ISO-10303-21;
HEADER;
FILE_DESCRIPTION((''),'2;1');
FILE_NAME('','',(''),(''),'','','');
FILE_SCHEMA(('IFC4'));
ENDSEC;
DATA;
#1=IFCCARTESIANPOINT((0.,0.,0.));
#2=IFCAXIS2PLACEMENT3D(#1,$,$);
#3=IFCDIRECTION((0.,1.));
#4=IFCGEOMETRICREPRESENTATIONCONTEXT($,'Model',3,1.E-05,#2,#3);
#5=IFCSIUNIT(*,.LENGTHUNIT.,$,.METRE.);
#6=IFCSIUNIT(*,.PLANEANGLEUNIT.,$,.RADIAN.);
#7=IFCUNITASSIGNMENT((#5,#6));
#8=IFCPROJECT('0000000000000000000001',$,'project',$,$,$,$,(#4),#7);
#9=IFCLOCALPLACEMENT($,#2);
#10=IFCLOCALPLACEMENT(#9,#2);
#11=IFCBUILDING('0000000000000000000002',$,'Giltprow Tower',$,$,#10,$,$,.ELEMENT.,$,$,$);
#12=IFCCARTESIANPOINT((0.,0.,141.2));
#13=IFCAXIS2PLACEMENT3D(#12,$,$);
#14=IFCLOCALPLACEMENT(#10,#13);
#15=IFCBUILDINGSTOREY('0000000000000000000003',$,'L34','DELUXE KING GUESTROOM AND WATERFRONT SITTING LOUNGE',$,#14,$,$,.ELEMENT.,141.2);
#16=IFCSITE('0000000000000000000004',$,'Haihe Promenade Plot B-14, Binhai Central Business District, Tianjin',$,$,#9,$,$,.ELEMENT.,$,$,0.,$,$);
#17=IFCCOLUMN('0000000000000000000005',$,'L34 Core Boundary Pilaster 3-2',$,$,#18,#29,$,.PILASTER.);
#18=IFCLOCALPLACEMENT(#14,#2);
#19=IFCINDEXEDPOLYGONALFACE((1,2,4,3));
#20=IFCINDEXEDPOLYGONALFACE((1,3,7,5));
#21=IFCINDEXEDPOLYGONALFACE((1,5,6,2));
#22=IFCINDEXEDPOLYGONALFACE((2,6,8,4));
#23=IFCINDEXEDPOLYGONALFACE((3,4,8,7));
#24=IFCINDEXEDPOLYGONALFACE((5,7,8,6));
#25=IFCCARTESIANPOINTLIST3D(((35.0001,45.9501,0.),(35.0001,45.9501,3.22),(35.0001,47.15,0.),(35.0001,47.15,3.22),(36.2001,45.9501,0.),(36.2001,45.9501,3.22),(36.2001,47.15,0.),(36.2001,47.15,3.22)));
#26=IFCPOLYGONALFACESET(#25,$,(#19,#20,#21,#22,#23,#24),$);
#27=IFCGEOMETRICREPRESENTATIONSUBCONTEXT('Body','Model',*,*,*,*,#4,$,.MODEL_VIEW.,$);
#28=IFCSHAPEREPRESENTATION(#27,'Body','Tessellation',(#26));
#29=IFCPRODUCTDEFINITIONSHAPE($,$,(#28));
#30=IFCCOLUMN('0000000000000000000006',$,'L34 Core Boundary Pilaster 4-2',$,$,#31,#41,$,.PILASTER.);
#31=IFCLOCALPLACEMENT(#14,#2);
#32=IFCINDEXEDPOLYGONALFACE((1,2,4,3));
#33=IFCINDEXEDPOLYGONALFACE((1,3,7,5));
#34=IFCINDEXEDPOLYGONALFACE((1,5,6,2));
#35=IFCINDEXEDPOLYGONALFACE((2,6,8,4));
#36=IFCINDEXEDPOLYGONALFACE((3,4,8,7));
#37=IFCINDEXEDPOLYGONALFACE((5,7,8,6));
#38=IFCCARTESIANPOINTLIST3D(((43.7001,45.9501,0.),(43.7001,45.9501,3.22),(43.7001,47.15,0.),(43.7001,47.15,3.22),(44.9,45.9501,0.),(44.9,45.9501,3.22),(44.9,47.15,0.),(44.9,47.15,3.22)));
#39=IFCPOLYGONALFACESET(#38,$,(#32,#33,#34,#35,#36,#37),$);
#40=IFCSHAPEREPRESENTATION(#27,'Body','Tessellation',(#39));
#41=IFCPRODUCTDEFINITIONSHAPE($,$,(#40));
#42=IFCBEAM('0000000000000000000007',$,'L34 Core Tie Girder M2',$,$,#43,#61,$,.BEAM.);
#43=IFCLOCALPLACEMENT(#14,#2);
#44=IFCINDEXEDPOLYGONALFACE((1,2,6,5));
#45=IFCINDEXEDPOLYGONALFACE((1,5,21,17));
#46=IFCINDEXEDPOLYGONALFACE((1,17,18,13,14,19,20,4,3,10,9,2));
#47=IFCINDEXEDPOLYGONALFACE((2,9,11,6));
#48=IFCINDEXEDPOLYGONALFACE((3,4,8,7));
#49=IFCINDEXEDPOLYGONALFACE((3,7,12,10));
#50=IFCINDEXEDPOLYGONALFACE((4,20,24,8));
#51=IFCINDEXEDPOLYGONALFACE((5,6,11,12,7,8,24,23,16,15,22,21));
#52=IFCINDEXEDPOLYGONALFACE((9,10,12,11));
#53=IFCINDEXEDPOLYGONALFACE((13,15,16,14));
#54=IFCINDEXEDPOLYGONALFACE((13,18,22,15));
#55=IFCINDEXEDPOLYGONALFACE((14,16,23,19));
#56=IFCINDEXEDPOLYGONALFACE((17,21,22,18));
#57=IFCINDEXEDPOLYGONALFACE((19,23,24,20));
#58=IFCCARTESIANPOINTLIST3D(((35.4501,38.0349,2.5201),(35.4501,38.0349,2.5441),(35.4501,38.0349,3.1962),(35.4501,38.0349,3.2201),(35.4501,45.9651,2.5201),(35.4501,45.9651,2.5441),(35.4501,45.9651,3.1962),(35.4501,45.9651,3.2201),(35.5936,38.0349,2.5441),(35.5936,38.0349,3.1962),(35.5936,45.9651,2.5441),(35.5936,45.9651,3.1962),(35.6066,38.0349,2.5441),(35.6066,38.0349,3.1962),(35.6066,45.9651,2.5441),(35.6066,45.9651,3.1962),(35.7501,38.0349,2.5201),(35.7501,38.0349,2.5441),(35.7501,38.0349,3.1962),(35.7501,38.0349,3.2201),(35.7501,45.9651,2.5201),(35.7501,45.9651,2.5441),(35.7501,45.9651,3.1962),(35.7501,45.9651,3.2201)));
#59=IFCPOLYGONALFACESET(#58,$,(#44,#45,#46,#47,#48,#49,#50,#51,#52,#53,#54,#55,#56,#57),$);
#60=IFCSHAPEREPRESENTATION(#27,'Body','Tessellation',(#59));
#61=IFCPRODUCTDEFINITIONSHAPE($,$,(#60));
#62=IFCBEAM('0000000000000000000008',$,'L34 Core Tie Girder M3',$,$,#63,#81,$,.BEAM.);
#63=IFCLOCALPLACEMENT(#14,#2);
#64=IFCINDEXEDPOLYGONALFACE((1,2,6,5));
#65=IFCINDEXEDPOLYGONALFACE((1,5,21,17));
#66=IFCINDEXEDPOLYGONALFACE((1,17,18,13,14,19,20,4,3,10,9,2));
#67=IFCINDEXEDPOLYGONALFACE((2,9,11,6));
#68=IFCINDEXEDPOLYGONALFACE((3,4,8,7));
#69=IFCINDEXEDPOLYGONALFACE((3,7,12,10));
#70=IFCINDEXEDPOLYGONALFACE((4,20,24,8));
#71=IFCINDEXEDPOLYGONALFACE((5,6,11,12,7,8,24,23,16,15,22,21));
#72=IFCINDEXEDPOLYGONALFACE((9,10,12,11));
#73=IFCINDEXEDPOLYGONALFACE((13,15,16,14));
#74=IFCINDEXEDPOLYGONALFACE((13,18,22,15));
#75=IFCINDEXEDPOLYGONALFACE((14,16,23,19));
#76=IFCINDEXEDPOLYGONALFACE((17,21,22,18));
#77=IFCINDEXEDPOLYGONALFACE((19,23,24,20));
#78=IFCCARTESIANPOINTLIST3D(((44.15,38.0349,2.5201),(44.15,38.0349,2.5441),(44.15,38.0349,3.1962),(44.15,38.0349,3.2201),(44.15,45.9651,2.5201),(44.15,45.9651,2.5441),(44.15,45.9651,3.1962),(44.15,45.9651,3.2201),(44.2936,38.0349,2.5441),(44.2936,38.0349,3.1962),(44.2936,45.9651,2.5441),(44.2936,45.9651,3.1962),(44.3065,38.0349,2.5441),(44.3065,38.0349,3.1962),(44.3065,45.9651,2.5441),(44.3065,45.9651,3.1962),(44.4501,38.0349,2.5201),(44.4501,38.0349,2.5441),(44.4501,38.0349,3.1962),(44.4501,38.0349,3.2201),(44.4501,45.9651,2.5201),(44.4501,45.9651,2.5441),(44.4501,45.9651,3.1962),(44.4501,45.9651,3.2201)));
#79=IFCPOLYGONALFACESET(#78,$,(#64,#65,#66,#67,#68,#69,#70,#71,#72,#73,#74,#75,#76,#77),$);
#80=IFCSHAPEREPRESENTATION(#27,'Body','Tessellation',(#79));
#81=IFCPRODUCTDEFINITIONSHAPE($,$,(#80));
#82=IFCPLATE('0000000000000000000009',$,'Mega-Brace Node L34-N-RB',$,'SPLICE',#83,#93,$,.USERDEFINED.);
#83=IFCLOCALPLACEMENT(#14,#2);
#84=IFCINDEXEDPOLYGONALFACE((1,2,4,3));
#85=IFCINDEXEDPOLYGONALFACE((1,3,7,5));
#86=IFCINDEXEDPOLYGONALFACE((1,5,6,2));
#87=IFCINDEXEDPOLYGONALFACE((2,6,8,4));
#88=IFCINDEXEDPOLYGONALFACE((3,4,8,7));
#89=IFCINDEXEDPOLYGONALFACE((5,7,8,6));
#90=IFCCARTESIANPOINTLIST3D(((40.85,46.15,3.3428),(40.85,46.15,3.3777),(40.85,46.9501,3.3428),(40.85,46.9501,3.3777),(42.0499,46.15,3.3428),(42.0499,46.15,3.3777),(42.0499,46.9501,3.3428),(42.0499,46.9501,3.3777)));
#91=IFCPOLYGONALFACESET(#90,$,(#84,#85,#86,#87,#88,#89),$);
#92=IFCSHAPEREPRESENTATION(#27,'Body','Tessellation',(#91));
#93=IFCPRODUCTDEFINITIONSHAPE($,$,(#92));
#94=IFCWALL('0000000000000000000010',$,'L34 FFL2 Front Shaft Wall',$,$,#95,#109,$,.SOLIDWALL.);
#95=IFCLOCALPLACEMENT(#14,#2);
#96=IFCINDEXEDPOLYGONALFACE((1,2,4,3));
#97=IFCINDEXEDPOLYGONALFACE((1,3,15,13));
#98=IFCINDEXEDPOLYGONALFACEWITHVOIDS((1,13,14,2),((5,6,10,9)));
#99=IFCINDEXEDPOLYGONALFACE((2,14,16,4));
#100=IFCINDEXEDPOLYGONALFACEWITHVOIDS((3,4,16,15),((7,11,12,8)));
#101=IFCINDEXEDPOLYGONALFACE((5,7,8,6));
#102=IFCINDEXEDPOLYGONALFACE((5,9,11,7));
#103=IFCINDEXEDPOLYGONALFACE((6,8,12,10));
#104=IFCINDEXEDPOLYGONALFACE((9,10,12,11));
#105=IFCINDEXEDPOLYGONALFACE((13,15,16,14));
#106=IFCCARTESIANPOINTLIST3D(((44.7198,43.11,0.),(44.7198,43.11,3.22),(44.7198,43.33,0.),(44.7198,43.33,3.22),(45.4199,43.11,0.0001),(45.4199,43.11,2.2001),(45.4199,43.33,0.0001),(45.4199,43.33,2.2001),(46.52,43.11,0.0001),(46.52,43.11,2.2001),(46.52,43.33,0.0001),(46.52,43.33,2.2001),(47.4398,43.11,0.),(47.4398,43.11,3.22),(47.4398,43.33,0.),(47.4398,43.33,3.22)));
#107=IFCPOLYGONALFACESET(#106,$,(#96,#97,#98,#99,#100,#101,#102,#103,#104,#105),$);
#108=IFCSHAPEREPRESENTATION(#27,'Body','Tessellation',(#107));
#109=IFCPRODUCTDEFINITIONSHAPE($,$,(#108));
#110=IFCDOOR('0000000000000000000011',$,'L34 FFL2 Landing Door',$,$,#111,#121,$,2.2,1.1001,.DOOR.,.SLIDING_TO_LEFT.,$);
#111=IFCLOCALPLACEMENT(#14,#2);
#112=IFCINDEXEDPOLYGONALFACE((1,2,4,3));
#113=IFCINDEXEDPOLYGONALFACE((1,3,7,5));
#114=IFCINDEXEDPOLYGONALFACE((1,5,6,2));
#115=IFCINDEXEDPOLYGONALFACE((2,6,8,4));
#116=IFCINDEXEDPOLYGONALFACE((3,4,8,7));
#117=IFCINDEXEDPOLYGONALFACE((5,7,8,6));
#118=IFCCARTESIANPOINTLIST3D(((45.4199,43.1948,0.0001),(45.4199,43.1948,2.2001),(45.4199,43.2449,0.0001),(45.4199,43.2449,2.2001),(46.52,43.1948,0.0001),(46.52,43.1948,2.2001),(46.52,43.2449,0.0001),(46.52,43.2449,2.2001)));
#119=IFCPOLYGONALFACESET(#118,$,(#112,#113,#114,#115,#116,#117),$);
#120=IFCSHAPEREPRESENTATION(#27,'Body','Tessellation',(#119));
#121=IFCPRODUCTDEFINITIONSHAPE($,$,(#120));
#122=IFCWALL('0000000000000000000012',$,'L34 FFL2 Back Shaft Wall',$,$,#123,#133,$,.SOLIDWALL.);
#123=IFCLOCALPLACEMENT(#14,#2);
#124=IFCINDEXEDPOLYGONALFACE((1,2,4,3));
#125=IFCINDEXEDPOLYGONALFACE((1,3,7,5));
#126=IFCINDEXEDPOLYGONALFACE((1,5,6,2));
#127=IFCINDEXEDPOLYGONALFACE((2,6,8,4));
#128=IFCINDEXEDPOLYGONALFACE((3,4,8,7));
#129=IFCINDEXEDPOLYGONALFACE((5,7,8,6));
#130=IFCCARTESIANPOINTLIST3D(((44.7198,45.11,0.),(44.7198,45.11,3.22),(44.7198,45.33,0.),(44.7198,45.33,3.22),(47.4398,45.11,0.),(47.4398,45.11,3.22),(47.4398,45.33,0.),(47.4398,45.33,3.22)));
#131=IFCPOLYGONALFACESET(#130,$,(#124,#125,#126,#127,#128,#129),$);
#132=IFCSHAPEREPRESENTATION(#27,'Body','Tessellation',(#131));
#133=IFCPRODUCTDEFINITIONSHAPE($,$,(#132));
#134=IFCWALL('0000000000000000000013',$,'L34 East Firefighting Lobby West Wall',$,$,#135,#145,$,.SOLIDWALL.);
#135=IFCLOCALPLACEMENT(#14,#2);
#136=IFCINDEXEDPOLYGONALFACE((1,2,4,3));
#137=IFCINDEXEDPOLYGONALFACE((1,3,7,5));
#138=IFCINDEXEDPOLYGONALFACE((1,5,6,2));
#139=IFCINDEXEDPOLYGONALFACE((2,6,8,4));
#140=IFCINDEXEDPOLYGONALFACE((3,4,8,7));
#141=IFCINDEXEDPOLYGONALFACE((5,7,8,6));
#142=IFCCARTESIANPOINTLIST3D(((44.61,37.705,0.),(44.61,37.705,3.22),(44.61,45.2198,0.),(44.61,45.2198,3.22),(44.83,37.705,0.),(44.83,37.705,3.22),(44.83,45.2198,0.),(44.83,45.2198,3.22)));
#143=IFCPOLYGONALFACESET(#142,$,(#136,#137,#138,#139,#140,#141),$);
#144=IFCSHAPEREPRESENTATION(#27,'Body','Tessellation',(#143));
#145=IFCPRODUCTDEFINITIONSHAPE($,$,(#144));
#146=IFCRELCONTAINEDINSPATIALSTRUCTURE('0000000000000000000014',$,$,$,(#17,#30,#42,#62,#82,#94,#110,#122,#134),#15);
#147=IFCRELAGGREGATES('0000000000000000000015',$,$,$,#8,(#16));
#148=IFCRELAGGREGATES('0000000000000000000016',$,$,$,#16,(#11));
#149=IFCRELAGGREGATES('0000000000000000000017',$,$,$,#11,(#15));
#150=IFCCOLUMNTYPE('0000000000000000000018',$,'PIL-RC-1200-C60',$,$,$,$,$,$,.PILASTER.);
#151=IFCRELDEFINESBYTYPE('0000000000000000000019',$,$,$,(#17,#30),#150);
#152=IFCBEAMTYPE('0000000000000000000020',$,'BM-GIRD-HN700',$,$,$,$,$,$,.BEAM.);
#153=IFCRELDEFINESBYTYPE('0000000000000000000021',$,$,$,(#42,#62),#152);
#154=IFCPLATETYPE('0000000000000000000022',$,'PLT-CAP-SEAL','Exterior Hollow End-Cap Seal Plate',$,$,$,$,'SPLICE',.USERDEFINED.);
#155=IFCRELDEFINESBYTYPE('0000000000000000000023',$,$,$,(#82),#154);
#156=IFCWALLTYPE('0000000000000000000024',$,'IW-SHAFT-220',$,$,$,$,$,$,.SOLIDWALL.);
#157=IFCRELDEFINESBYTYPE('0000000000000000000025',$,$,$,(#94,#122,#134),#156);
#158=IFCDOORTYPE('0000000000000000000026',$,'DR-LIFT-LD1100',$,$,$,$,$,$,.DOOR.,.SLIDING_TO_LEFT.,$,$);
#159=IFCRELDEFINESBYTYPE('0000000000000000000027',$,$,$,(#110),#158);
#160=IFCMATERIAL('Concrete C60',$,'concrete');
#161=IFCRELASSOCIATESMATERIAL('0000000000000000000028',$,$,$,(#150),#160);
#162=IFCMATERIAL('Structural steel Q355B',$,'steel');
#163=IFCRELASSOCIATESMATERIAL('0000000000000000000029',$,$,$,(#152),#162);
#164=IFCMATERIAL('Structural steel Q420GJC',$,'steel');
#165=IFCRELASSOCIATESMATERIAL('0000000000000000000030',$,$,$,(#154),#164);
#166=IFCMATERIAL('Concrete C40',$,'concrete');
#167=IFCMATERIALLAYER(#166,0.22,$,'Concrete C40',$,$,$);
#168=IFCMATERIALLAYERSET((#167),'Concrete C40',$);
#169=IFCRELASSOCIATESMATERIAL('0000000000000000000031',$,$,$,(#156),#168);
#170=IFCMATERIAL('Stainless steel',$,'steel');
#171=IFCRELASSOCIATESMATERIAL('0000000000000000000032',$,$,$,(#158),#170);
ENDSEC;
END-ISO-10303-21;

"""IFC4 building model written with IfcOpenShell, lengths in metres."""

from ifc_helpers import new_model, si_unit, direction, frame, frame_2d, origin, origin_2d, place, context, subcontext, project, spatial, rectangle, i_section, extrude, source, transform, mapped, material, layer, layer_set, material_profile, profile_set, type_object, element, fill, save


model = new_model("IFC4")

# Units and contexts
model_context = context("Model", 3, precision=1e-05, world=origin(), true_north=direction((0.0, 1.0)))
body_context = subcontext(model_context, "Body", "Model", "MODEL_VIEW")
ifc_project = project(units=[si_unit("LENGTHUNIT", "METRE"), si_unit("PLANEANGLEUNIT", "RADIAN")], contexts=[model_context])

# Site, building, storey
site_placement = place(None, origin())
site = spatial("IfcSite", under=ifc_project, at=site_placement, Name="Haihe Promenade Plot B-14, Binhai Central Business District, Tianjin", CompositionType="ELEMENT", RefElevation=0.0)
building_placement = place(site_placement, origin())
building = spatial("IfcBuilding", under=site, at=building_placement, Name="Giltprow Tower", CompositionType="ELEMENT")
storey_placement = place(building_placement, frame((0.0, 0.0, 141.2)))
storey = spatial("IfcBuildingStorey", under=building, at=storey_placement, Name="L34", Description="DELUXE KING GUESTROOM AND WATERFRONT SITTING LOUNGE", CompositionType="ELEMENT", Elevation=141.2)

# Columns
ifc_material_1 = material(Name="Concrete C60", Category="concrete")
ifc_material_profile_1 = material_profile(ifc_material_1, rectangle(XDim=1.2, YDim=1.2, at=origin_2d()), Name="RC 1200x1200")
ifc_profile_set_1 = profile_set([ifc_material_profile_1], Name="Concrete C60")
column_type = type_object("IfcColumnType", Name="PIL-RC-1200-C60", PredefinedType="PILASTER", material=ifc_profile_set_1)
shared_shape_1 = source(origin(), body_context, "Body", "SweptSolid", [
    extrude(rectangle(XDim=1.2, YDim=1.2, at=origin_2d()), origin(), (0.0, 0.0, 1.0), 3.22),
])
for number, where, z_axis, x_axis, name in (
    (1, (35.6001, 46.55, 0.0), (0.0, 0.0, 1.0), (1.0, 0.0, 0.0), "L34 Core Boundary Pilaster 3-2"),
    (2, (44.3, 46.55, 0.0), (0.0, 0.0, 1.0), (1.0, 0.0, 0.0), "L34 Core Boundary Pilaster 4-2"),
):
    element("IfcColumn", number, at=place(storey_placement, frame(where, z_axis=z_axis, x_axis=x_axis)), inside=storey, type_object=column_type, Name=name, PredefinedType="PILASTER", context=body_context, shape_type="MappedRepresentation", body=[
        mapped(shared_shape_1, transform((0.0, 0.0, 0.0), x_axis=(1.0, 0.0, 0.0), y_axis=(0.0, 1.0, 0.0), z_axis=(0.0, 0.0, 1.0), scale=1.0)),
    ])

# Beams
ifc_material_2 = material(Name="Structural steel Q355B", Category="steel")
ifc_material_profile_2 = material_profile(ifc_material_2, i_section(OverallWidth=0.3, OverallDepth=0.7, WebThickness=0.0129, FlangeThickness=0.0239, at=origin_2d()), Name="HN 700x300x13x24")
ifc_profile_set_2 = profile_set([ifc_material_profile_2], Name="Structural steel Q355B")
beam_type = type_object("IfcBeamType", Name="BM-GIRD-HN700", PredefinedType="BEAM", material=ifc_profile_set_2)
shared_shape_2 = source(origin(), body_context, "Body", "SweptSolid", [
    extrude(i_section(OverallWidth=0.3, OverallDepth=0.7, WebThickness=0.0129, FlangeThickness=0.0239, at=origin_2d()), origin(), (0.0, 0.0, 1.0), 7.9302),
])
for number, where, z_axis, x_axis, name in (
    (3, (35.6001, 38.0349, 2.8701), (0.0, 1.0, 0.0), (-1.0, 0.0, 0.0), "L34 Core Tie Girder M2"),
    (4, (44.3, 38.0349, 2.8701), (0.0, 1.0, 0.0), (-1.0, 0.0, 0.0), "L34 Core Tie Girder M3"),
):
    element("IfcBeam", number, at=place(storey_placement, frame(where, z_axis=z_axis, x_axis=x_axis)), inside=storey, type_object=beam_type, Name=name, PredefinedType="BEAM", context=body_context, shape_type="MappedRepresentation", body=[
        mapped(shared_shape_2, transform((0.0, 0.0, 0.0), x_axis=(1.0, 0.0, 0.0), y_axis=(0.0, 1.0, 0.0), z_axis=(0.0, 0.0, 1.0), scale=1.0)),
    ])

# Plate
ifc_material_3 = material(Name="Structural steel Q420GJC", Category="steel")
plate_type = type_object("IfcPlateType", Name="PLT-CAP-SEAL", Description="Exterior Hollow End-Cap Seal Plate", ElementType="SPLICE", PredefinedType="USERDEFINED", material=ifc_material_3)
shared_shape_3 = source(origin(), body_context, "Body", "SweptSolid", [
    extrude(rectangle(XDim=1.2, YDim=0.8, at=origin_2d()), origin(), (0.0, 0.0, 1.0), 0.0349),
])
plate_placement = place(storey_placement, frame((41.45, 46.55, 3.3428), z_axis=(0.0, 0.0, 1.0), x_axis=(1.0, 0.0, 0.0)))
element("IfcPlate", 5, at=plate_placement, inside=storey, type_object=plate_type, Name="Mega-Brace Node L34-N-RB", ObjectType="SPLICE", PredefinedType="USERDEFINED", context=body_context, shape_type="MappedRepresentation", body=[
    mapped(shared_shape_3, transform((0.0, 0.0, 0.0), x_axis=(1.0, 0.0, 0.0), y_axis=(0.0, 1.0, 0.0), z_axis=(0.0, 0.0, 1.0), scale=1.0)),
])

# Wall, opening, door
ifc_material_4 = material(Name="Concrete C40", Category="concrete")
ifc_layer_1 = layer(ifc_material_4, 0.22, Name="Concrete C40")
ifc_layer_set_1 = layer_set([ifc_layer_1], Name="Concrete C40")
wall_type_1 = type_object("IfcWallType", Name="IW-SHAFT-220", PredefinedType="SOLIDWALL", material=ifc_layer_set_1)
wall_1_placement = place(storey_placement, frame((44.72, 43.22, 0.0), z_axis=(0.0, 0.0, 1.0), x_axis=(1.0, 0.0, 0.0)))
wall_1 = element("IfcWall", 6, at=wall_1_placement, inside=storey, type_object=wall_type_1, Name="L34 FFL2 Front Shaft Wall", PredefinedType="SOLIDWALL", context=body_context, shape_type="SweptSolid", body=[
    extrude(rectangle(XDim=2.72, YDim=0.22, at=frame_2d((1.3599, 0.0))), origin(), (0.0, 0.0, 1.0), 3.22),
])
opening_1_placement = place(wall_1_placement, frame((0.7, 0.0, 0.0)))
opening_1 = element("IfcOpeningElement", 7, at=opening_1_placement, cuts=wall_1, PredefinedType="OPENING", context=body_context, shape_type="SweptSolid", body=[
    extrude(rectangle(XDim=1.1001, YDim=2.2, at=frame_2d((0.55, 1.1001))), frame((0.0, 0.1199, 0.0), z_axis=(0.0, -1.0, 0.0), x_axis=(1.0, 0.0, 0.0)), (0.0, 0.0, 1.0), 0.24),
])
ifc_material_5 = material(Name="Stainless steel", Category="steel")
door_type = type_object("IfcDoorType", Name="DR-LIFT-LD1100", OperationType="SLIDING_TO_LEFT", PredefinedType="DOOR", material=ifc_material_5)
shared_shape_4 = source(origin(), body_context, "Body", "SweptSolid", [
    extrude(rectangle(XDim=1.1001, YDim=2.2, at=frame_2d((0.55, 1.1001))), frame((0.0, 0.0249, 0.0), z_axis=(0.0, -1.0, 0.0), x_axis=(1.0, 0.0, 0.0)), (0.0, 0.0, 1.0), 0.05),
])
door_1_placement = place(opening_1_placement, origin())
door_1 = element("IfcDoor", 8, at=door_1_placement, inside=storey, type_object=door_type, Name="L34 FFL2 Landing Door", OperationType="SLIDING_TO_LEFT", OverallHeight=2.2, OverallWidth=1.1001, PredefinedType="DOOR", context=body_context, shape_type="MappedRepresentation", body=[
    mapped(shared_shape_4, transform((0.0, 0.0, 0.0), x_axis=(1.0, 0.0, 0.0), y_axis=(0.0, 1.0, 0.0), z_axis=(0.0, 0.0, 1.0), scale=1.0)),
])
fill(opening_1, door_1)

# Walls
wall_2_placement = place(storey_placement, frame((44.72, 45.22, 0.0), z_axis=(0.0, 0.0, 1.0), x_axis=(1.0, 0.0, 0.0)))
element("IfcWall", 9, at=wall_2_placement, inside=storey, type_object=wall_type_1, Name="L34 FFL2 Back Shaft Wall", PredefinedType="SOLIDWALL", context=body_context, shape_type="SweptSolid", body=[
    extrude(rectangle(XDim=2.72, YDim=0.22, at=frame_2d((1.3599, 0.0))), origin(), (0.0, 0.0, 1.0), 3.22),
])
wall_3_placement = place(storey_placement, frame((44.72, 37.7051, 0.0), z_axis=(0.0, 0.0, 1.0), x_axis=(0.0, 1.0, 0.0)))
element("IfcWall", 10, at=wall_3_placement, inside=storey, type_object=wall_type_1, Name="L34 East Firefighting Lobby West Wall", PredefinedType="SOLIDWALL", context=body_context, shape_type="SweptSolid", body=[
    extrude(rectangle(XDim=7.5149, YDim=0.22, at=frame_2d((3.7573, 0.0))), origin(), (0.0, 0.0, 1.0), 3.22),
])

save(model, "model.ifc")
